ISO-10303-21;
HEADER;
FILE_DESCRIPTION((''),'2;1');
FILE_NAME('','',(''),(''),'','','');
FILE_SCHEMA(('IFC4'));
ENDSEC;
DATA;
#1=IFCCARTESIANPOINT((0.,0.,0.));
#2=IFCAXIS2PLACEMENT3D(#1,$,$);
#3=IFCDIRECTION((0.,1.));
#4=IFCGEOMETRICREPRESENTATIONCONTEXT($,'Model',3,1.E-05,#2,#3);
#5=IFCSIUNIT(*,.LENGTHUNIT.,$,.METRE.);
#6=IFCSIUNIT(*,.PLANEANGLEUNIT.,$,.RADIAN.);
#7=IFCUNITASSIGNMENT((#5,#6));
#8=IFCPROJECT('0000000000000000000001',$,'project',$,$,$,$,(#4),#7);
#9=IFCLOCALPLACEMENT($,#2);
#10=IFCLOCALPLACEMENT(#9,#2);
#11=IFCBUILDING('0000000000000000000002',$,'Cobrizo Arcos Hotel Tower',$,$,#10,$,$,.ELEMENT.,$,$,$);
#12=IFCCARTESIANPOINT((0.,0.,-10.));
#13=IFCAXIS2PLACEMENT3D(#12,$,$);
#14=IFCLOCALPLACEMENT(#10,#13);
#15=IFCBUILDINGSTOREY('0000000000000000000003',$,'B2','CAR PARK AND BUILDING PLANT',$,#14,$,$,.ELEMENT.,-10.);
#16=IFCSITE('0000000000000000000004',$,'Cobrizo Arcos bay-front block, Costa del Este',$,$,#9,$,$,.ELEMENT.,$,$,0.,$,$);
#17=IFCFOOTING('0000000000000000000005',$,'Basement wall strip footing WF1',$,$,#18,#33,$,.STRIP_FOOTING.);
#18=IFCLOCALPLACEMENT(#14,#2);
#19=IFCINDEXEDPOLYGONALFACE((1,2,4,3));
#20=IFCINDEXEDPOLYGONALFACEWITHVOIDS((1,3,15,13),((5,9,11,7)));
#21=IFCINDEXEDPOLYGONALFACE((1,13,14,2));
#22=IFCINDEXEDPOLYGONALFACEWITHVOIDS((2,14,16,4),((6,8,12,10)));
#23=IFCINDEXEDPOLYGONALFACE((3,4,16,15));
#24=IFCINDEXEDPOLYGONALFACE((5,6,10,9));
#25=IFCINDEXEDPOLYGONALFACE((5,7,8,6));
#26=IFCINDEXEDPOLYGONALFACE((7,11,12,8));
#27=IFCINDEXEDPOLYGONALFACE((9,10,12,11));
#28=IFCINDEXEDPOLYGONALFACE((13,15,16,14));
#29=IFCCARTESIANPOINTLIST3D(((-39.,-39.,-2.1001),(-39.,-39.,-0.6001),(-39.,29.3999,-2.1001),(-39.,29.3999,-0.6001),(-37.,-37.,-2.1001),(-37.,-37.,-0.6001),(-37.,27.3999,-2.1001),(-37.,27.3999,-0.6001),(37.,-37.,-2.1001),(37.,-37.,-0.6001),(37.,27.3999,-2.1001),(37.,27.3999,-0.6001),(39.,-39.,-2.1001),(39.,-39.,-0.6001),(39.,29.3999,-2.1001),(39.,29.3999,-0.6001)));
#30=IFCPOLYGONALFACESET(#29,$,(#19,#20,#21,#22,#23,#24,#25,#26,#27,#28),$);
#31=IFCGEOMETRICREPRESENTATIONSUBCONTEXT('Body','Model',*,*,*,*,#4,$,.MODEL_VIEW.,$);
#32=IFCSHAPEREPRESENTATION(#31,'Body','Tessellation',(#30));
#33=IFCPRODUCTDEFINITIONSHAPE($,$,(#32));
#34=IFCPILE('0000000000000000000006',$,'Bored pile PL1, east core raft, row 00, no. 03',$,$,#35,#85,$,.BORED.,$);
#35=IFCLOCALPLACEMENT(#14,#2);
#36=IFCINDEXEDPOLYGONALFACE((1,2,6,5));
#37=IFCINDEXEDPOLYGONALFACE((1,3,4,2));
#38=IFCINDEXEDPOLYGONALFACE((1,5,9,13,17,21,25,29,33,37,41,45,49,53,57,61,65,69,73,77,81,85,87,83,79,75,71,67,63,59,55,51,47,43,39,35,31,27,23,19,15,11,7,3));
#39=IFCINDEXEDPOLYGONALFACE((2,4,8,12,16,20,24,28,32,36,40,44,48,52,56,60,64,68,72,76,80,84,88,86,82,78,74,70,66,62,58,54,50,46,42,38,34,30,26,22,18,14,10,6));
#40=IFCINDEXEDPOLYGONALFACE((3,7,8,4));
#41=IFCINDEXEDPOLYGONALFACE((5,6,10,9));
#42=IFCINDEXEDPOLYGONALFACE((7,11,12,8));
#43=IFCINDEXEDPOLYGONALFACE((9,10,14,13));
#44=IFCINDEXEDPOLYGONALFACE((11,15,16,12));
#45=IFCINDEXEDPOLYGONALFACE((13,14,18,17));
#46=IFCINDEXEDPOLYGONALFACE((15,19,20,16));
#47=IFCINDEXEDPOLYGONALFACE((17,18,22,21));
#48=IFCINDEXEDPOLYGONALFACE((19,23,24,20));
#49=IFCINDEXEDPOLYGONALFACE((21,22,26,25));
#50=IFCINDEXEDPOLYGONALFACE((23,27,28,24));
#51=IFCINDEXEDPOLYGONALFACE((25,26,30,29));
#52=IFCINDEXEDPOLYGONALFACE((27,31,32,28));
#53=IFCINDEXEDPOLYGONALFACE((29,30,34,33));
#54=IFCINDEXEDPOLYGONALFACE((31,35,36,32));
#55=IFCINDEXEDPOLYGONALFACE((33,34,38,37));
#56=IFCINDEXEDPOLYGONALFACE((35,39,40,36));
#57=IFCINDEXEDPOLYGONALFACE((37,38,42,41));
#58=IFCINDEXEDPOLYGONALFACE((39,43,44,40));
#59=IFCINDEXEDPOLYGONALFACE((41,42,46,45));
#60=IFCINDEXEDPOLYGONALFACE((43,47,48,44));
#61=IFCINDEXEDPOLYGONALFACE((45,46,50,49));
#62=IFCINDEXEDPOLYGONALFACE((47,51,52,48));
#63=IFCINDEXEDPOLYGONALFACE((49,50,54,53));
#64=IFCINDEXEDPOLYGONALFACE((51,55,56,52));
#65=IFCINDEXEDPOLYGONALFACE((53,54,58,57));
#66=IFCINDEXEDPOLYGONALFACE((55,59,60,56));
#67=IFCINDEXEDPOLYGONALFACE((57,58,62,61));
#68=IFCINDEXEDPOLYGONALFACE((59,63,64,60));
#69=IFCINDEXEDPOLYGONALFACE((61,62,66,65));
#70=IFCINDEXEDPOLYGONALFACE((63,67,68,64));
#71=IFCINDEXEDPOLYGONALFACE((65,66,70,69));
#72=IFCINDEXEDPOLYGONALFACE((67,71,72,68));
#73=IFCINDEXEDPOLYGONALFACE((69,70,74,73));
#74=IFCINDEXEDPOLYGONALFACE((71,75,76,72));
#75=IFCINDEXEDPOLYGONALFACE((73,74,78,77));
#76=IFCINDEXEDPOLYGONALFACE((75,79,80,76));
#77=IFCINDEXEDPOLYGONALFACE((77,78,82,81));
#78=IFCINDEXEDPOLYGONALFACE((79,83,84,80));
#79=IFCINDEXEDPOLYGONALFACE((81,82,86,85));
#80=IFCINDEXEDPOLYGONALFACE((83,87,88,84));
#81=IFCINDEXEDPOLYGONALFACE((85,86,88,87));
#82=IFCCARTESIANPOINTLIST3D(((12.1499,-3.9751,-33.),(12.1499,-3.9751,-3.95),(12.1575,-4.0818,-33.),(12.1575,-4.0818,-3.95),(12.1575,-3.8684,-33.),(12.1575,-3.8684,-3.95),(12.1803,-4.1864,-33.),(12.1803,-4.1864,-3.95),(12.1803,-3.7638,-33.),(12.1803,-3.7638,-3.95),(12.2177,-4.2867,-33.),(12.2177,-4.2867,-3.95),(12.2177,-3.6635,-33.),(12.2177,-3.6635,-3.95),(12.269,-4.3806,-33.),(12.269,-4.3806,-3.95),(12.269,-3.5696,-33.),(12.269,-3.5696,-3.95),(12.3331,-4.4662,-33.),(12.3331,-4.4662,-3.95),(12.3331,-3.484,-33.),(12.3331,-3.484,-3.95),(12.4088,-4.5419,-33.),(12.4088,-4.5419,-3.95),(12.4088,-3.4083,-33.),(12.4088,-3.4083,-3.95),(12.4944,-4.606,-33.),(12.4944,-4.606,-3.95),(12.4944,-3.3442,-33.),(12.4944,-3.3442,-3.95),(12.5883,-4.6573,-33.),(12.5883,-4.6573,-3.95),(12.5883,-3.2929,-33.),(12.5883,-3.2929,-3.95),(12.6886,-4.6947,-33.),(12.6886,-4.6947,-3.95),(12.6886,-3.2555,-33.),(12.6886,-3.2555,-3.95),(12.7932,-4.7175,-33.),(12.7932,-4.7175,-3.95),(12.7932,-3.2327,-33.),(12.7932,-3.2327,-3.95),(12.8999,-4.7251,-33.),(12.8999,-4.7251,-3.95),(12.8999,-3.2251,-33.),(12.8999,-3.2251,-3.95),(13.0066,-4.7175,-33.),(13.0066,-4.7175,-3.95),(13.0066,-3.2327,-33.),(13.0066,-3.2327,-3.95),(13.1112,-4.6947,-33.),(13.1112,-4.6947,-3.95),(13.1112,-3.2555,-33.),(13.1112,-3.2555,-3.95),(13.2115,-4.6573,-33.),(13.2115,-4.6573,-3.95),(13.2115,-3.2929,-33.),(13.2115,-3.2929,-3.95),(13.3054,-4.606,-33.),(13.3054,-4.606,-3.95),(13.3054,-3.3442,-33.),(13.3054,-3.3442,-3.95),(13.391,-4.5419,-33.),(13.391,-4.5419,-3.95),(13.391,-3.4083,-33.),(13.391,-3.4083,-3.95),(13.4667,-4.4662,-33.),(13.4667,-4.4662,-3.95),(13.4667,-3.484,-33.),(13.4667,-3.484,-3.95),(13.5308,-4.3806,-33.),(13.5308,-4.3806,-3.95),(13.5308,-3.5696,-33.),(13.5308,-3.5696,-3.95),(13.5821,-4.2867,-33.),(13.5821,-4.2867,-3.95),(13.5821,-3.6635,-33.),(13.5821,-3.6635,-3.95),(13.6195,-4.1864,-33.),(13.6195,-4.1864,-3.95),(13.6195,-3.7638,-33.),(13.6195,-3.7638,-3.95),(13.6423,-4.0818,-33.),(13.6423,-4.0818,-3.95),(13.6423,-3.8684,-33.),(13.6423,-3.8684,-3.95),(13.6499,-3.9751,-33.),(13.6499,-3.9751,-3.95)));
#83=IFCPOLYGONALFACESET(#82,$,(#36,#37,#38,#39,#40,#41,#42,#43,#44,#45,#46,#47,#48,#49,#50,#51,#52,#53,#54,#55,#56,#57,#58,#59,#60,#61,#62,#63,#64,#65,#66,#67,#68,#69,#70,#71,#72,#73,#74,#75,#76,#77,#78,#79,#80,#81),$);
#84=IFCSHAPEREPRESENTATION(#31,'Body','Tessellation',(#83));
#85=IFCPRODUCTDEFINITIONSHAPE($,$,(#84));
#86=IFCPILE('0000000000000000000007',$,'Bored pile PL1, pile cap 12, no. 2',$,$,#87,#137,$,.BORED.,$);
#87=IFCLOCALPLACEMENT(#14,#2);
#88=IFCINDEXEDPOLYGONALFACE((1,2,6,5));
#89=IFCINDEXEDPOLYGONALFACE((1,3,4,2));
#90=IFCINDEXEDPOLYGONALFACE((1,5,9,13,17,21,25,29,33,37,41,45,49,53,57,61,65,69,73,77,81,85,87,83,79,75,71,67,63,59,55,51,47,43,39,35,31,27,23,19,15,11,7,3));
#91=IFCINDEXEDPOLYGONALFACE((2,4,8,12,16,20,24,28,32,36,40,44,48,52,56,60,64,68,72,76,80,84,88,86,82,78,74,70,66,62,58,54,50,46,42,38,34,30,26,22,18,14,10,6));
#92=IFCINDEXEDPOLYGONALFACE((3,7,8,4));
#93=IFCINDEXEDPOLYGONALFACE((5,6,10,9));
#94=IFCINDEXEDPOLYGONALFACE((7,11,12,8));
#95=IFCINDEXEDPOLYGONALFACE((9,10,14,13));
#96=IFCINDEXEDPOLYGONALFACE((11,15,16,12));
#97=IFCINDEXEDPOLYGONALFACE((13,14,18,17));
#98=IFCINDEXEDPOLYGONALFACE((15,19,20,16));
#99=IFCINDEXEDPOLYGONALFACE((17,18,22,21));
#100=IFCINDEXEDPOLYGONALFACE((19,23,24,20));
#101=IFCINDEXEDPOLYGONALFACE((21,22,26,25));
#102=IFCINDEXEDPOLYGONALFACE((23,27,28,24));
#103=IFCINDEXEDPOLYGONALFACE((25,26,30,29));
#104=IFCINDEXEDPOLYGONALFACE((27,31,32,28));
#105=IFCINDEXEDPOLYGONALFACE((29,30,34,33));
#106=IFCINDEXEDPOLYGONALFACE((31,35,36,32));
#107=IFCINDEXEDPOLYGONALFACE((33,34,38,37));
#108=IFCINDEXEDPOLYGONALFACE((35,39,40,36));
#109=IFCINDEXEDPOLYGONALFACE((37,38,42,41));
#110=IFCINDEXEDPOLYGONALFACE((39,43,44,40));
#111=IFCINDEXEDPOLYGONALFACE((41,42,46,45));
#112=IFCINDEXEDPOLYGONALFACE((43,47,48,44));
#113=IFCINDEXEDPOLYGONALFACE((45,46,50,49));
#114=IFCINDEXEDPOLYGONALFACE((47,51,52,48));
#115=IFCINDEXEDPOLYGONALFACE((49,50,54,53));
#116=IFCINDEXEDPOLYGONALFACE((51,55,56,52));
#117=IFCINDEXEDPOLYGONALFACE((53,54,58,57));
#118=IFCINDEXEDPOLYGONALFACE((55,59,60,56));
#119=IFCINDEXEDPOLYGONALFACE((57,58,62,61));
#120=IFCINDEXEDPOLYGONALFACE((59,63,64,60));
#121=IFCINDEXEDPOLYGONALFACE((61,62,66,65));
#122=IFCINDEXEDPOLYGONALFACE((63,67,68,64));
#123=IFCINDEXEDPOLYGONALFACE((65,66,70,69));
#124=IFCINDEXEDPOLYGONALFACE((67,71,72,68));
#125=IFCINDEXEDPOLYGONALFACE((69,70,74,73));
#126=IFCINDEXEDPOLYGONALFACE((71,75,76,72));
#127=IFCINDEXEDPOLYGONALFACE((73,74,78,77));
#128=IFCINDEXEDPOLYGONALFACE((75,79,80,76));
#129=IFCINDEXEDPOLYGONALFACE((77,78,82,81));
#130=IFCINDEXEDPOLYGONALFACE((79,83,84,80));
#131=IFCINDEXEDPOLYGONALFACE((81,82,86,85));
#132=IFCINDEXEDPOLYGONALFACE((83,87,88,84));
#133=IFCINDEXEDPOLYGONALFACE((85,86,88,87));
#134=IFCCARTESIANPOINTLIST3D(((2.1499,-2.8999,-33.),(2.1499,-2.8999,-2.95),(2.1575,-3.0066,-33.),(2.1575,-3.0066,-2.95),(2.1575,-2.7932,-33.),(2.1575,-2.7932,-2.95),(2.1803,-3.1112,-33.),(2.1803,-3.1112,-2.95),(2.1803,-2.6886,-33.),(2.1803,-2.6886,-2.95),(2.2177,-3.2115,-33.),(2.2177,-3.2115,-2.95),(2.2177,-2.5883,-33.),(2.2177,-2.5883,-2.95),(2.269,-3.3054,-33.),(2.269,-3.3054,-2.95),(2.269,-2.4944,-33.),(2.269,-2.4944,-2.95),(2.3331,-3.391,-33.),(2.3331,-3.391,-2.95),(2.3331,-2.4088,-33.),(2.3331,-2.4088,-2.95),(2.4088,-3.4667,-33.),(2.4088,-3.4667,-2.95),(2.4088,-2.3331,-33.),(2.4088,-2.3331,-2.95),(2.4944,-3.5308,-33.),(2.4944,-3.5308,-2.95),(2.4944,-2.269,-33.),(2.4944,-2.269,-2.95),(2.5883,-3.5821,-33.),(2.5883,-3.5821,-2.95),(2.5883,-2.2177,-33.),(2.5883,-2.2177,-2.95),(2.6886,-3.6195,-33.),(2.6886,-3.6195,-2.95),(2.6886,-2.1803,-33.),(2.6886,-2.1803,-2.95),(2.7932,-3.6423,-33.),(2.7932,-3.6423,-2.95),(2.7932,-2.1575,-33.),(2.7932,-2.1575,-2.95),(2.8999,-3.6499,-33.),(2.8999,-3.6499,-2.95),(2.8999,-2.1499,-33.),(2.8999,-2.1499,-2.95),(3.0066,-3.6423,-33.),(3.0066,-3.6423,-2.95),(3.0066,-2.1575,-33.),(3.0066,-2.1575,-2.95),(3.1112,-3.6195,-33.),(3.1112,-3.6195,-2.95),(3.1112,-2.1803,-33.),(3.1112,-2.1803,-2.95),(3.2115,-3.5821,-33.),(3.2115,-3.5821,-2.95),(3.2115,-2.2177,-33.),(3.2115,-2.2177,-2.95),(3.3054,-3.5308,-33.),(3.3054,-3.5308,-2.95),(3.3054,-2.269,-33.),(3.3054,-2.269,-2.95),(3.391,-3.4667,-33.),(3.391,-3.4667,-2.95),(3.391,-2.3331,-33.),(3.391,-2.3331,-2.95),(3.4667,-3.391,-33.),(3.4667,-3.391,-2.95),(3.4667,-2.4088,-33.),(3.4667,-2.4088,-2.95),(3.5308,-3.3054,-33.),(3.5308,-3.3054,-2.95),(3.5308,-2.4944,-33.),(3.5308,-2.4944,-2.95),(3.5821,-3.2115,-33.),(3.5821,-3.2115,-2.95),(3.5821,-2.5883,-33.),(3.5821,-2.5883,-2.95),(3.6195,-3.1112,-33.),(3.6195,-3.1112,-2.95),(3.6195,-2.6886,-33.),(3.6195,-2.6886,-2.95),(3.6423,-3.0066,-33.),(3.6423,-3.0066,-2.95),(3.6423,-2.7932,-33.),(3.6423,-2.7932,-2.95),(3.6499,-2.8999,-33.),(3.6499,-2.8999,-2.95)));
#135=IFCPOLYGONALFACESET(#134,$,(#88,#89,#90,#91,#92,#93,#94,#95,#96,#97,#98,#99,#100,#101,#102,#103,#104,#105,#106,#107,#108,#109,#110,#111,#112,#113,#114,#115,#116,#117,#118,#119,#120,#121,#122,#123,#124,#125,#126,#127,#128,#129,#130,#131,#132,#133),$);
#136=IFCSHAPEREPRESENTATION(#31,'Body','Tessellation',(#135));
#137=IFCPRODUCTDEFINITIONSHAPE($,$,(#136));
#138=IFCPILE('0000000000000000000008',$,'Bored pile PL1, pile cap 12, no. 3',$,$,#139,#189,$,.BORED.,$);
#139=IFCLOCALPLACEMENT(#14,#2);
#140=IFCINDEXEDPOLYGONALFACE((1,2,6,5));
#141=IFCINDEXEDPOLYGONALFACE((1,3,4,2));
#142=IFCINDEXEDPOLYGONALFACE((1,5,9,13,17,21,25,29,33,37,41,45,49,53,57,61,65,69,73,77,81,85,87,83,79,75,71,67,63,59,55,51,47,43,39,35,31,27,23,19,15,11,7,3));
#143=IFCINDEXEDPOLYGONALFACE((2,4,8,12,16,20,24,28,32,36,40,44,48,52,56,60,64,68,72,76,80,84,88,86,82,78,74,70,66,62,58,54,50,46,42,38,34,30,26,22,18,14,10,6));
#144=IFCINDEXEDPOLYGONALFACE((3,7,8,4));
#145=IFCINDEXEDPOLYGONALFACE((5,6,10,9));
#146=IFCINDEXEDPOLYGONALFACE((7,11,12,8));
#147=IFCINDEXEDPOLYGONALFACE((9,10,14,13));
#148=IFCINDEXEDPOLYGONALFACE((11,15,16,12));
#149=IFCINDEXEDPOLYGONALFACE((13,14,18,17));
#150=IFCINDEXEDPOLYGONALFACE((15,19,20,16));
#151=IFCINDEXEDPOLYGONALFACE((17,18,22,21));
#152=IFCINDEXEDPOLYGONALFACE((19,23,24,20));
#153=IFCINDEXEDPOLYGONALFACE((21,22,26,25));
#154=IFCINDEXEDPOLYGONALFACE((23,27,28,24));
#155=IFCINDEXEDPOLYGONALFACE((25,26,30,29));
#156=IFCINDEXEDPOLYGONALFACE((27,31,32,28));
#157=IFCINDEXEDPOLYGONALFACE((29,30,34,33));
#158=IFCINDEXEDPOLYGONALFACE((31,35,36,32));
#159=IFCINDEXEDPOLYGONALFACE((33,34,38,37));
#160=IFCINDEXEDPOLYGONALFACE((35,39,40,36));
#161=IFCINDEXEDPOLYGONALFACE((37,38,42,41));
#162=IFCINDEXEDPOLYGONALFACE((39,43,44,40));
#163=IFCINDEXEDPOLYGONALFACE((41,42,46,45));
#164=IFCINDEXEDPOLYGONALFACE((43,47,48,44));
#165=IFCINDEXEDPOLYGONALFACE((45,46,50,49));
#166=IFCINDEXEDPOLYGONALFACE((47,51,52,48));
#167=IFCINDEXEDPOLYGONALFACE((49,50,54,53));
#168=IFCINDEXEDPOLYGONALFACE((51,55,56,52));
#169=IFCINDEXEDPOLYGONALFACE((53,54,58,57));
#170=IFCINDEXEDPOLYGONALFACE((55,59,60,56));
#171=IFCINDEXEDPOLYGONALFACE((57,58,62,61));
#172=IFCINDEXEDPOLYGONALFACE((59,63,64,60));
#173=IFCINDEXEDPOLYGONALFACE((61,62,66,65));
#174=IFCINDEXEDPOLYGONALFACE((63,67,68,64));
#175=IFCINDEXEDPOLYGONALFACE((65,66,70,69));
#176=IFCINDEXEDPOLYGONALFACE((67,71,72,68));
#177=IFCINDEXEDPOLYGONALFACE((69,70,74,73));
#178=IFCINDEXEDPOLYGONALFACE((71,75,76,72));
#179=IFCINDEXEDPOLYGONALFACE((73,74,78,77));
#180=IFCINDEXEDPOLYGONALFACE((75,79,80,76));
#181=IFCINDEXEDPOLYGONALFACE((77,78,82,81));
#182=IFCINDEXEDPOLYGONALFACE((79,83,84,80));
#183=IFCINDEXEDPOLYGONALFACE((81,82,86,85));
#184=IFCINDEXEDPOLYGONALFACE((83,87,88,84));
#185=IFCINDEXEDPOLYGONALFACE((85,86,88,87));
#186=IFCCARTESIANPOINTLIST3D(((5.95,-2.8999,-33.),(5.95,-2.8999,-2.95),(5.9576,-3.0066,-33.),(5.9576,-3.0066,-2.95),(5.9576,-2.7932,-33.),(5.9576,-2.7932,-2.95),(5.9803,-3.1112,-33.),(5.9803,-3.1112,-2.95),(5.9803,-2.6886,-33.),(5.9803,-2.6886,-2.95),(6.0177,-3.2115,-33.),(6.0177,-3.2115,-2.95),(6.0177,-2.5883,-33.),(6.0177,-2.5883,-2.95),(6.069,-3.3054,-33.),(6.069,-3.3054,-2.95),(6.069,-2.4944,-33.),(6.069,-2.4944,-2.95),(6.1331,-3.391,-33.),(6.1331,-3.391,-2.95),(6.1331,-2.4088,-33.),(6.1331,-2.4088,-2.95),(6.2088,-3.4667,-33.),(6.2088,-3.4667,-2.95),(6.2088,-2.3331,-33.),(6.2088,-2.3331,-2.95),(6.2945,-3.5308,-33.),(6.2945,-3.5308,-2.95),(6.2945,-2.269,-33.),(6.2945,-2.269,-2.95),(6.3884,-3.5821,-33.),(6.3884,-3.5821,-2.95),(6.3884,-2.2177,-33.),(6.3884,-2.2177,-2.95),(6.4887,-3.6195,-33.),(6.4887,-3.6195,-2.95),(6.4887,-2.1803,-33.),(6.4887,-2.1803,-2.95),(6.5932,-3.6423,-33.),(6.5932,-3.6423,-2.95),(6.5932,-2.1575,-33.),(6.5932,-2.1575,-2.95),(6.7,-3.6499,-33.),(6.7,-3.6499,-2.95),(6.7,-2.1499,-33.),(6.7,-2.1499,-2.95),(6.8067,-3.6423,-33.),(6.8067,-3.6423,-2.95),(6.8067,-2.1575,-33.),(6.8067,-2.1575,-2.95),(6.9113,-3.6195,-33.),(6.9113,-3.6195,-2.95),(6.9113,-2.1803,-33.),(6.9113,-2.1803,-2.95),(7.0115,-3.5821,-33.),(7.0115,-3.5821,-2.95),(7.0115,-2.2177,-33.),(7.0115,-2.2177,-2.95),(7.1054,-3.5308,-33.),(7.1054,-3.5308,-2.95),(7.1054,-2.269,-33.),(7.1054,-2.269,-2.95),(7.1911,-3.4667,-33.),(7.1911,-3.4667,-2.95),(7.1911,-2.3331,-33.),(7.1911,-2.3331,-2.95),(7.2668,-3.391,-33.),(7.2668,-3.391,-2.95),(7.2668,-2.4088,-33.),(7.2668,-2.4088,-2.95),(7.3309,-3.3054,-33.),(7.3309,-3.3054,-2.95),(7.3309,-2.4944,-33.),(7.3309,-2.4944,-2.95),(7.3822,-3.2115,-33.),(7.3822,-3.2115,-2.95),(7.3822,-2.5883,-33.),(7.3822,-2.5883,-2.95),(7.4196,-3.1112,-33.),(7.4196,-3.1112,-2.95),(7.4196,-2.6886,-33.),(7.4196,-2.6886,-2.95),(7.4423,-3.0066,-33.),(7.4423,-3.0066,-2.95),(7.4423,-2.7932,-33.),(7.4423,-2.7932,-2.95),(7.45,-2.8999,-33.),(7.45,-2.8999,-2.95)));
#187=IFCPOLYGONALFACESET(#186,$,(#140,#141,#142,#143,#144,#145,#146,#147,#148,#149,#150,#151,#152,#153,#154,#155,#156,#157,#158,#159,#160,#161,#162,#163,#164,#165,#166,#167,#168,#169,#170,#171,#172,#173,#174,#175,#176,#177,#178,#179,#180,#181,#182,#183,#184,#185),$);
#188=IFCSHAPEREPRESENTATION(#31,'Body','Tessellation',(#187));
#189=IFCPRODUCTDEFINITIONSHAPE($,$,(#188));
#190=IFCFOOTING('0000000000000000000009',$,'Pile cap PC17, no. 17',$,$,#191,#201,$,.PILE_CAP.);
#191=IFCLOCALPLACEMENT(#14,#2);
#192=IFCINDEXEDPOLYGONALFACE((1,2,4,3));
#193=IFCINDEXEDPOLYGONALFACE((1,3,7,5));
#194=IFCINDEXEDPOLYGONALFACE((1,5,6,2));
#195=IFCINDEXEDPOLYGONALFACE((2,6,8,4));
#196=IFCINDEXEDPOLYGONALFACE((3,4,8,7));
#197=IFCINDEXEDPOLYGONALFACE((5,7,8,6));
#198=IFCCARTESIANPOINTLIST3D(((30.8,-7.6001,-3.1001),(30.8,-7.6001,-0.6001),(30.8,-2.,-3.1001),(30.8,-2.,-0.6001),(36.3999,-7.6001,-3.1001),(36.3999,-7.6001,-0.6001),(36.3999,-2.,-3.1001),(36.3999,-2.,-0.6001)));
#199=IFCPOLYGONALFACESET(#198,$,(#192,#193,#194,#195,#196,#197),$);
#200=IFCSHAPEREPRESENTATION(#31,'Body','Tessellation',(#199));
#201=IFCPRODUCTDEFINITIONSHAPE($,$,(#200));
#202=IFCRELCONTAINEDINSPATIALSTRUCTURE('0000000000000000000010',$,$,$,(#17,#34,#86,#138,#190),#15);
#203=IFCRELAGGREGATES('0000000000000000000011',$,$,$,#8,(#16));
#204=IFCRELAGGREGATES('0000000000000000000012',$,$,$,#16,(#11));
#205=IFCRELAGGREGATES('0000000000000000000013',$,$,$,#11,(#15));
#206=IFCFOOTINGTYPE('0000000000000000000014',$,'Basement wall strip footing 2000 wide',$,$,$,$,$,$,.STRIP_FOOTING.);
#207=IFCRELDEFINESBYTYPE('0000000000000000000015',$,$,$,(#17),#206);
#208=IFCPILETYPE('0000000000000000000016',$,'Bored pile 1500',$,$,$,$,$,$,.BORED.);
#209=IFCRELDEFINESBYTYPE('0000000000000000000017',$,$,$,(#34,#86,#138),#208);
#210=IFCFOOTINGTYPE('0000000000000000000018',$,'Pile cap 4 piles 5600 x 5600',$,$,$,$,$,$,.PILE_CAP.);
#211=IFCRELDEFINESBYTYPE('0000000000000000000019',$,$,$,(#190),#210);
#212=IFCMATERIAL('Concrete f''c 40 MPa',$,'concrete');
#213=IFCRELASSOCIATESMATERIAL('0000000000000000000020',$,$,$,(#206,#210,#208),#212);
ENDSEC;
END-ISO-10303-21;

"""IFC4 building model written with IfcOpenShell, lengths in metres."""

from ifc_helpers import new_model, si_unit, direction, frame, origin, origin_2d, place, context, subcontext, project, spatial, polyline, circle, outline, extrude, material, material_profile, profile_set, type_object, element, save


model = new_model("IFC4")

# Units and contexts
model_context = context("Model", 3, precision=1e-05, world=origin(), true_north=direction((0.0, 1.0)))
body_context = subcontext(model_context, "Body", "Model", "MODEL_VIEW")
ifc_project = project(units=[si_unit("LENGTHUNIT", "METRE"), si_unit("PLANEANGLEUNIT", "RADIAN")], contexts=[model_context])

# Site, building, storey
site_placement = place(None, origin())
site = spatial("IfcSite", under=ifc_project, at=site_placement, Name="Cobrizo Arcos bay-front block, Costa del Este", CompositionType="ELEMENT", RefElevation=0.0)
building_placement = place(site_placement, origin())
building = spatial("IfcBuilding", under=site, at=building_placement, Name="Cobrizo Arcos Hotel Tower", CompositionType="ELEMENT")
storey_placement = place(building_placement, frame((0.0, 0.0, -10.0)))
storey = spatial("IfcBuildingStorey", under=building, at=storey_placement, Name="B2", Description="CAR PARK AND BUILDING PLANT", CompositionType="ELEMENT", Elevation=-10.0)

# Footing
ifc_material_1 = material(Name="Concrete f'c 40 MPa", Category="concrete")
footing_type_1 = type_object("IfcFootingType", Name="Basement wall strip footing 2000 wide", PredefinedType="STRIP_FOOTING", material=ifc_material_1)
footing_1_placement = place(storey_placement, frame((0.0, 0.0, -2.1001)))
element("IfcFooting", 1, at=footing_1_placement, inside=storey, type_object=footing_type_1, Name="Basement wall strip footing WF1", PredefinedType="STRIP_FOOTING", context=body_context, shape_type="SweptSolid", body=[
    extrude(outline(polyline([(-39.0, -39.0), (-39.0, 29.3999), (39.0, 29.3999), (39.0, -39.0), (-39.0, -39.0)]), holes=[polyline([(37.0, 27.3999), (-37.0, 27.3999), (-37.0, -37.0), (37.0, -37.0), (37.0, 27.3999)])]), origin(), (0.0, 0.0, 1.0), 1.5),
])

# Piles
ifc_material_profile = material_profile(ifc_material_1, circle(Radius=0.75, at=origin_2d()), Name="BORED PILE 1500")
ifc_profile_set = profile_set([ifc_material_profile], Name="Concrete f'c 40 MPa")
pile_type = type_object("IfcPileType", Name="Bored pile 1500", PredefinedType="BORED", material=ifc_profile_set)
pile_placement = place(storey_placement, frame((12.8999, -3.9751, -3.95), z_axis=(0.0, 0.0, -1.0), x_axis=(1.0, 0.0, 0.0)))
element("IfcPile", 2, at=pile_placement, inside=storey, type_object=pile_type, Name="Bored pile PL1, east core raft, row 00, no. 03", PredefinedType="BORED", context=body_context, shape_type="SweptSolid", body=[
    extrude(circle(Radius=0.75, at=origin_2d()), origin(), (0.0, 0.0, 1.0), 29.05),
])
for number, where, z_axis, x_axis, name in (
    (3, (2.8999, -2.8999, -2.95), (0.0, 0.0, -1.0), (1.0, 0.0, 0.0), "Bored pile PL1, pile cap 12, no. 2"),
    (4, (6.7, -2.8999, -2.95), (0.0, 0.0, -1.0), (1.0, 0.0, 0.0), "Bored pile PL1, pile cap 12, no. 3"),
):
    element("IfcPile", number, at=place(storey_placement, frame(where, z_axis=z_axis, x_axis=x_axis)), inside=storey, type_object=pile_type, Name=name, PredefinedType="BORED", context=body_context, shape_type="SweptSolid", body=[
        extrude(circle(Radius=0.75, at=origin_2d()), origin(), (0.0, 0.0, 1.0), 30.05),
    ])

# Footing
footing_type_2 = type_object("IfcFootingType", Name="Pile cap 4 piles 5600 x 5600", PredefinedType="PILE_CAP", material=ifc_material_1)
footing_2_placement = place(storey_placement, frame((0.0, 0.0, -3.1001)))
element("IfcFooting", 5, at=footing_2_placement, inside=storey, type_object=footing_type_2, Name="Pile cap PC17, no. 17", PredefinedType="PILE_CAP", context=body_context, shape_type="SweptSolid", body=[
    extrude(outline(polyline([(36.3999, -7.6001), (36.3999, -2.0), (30.8, -2.0), (30.8, -7.6001), (36.3999, -7.6001)])), origin(), (0.0, 0.0, 1.0), 2.5),
])

save(model, "model.ifc")
